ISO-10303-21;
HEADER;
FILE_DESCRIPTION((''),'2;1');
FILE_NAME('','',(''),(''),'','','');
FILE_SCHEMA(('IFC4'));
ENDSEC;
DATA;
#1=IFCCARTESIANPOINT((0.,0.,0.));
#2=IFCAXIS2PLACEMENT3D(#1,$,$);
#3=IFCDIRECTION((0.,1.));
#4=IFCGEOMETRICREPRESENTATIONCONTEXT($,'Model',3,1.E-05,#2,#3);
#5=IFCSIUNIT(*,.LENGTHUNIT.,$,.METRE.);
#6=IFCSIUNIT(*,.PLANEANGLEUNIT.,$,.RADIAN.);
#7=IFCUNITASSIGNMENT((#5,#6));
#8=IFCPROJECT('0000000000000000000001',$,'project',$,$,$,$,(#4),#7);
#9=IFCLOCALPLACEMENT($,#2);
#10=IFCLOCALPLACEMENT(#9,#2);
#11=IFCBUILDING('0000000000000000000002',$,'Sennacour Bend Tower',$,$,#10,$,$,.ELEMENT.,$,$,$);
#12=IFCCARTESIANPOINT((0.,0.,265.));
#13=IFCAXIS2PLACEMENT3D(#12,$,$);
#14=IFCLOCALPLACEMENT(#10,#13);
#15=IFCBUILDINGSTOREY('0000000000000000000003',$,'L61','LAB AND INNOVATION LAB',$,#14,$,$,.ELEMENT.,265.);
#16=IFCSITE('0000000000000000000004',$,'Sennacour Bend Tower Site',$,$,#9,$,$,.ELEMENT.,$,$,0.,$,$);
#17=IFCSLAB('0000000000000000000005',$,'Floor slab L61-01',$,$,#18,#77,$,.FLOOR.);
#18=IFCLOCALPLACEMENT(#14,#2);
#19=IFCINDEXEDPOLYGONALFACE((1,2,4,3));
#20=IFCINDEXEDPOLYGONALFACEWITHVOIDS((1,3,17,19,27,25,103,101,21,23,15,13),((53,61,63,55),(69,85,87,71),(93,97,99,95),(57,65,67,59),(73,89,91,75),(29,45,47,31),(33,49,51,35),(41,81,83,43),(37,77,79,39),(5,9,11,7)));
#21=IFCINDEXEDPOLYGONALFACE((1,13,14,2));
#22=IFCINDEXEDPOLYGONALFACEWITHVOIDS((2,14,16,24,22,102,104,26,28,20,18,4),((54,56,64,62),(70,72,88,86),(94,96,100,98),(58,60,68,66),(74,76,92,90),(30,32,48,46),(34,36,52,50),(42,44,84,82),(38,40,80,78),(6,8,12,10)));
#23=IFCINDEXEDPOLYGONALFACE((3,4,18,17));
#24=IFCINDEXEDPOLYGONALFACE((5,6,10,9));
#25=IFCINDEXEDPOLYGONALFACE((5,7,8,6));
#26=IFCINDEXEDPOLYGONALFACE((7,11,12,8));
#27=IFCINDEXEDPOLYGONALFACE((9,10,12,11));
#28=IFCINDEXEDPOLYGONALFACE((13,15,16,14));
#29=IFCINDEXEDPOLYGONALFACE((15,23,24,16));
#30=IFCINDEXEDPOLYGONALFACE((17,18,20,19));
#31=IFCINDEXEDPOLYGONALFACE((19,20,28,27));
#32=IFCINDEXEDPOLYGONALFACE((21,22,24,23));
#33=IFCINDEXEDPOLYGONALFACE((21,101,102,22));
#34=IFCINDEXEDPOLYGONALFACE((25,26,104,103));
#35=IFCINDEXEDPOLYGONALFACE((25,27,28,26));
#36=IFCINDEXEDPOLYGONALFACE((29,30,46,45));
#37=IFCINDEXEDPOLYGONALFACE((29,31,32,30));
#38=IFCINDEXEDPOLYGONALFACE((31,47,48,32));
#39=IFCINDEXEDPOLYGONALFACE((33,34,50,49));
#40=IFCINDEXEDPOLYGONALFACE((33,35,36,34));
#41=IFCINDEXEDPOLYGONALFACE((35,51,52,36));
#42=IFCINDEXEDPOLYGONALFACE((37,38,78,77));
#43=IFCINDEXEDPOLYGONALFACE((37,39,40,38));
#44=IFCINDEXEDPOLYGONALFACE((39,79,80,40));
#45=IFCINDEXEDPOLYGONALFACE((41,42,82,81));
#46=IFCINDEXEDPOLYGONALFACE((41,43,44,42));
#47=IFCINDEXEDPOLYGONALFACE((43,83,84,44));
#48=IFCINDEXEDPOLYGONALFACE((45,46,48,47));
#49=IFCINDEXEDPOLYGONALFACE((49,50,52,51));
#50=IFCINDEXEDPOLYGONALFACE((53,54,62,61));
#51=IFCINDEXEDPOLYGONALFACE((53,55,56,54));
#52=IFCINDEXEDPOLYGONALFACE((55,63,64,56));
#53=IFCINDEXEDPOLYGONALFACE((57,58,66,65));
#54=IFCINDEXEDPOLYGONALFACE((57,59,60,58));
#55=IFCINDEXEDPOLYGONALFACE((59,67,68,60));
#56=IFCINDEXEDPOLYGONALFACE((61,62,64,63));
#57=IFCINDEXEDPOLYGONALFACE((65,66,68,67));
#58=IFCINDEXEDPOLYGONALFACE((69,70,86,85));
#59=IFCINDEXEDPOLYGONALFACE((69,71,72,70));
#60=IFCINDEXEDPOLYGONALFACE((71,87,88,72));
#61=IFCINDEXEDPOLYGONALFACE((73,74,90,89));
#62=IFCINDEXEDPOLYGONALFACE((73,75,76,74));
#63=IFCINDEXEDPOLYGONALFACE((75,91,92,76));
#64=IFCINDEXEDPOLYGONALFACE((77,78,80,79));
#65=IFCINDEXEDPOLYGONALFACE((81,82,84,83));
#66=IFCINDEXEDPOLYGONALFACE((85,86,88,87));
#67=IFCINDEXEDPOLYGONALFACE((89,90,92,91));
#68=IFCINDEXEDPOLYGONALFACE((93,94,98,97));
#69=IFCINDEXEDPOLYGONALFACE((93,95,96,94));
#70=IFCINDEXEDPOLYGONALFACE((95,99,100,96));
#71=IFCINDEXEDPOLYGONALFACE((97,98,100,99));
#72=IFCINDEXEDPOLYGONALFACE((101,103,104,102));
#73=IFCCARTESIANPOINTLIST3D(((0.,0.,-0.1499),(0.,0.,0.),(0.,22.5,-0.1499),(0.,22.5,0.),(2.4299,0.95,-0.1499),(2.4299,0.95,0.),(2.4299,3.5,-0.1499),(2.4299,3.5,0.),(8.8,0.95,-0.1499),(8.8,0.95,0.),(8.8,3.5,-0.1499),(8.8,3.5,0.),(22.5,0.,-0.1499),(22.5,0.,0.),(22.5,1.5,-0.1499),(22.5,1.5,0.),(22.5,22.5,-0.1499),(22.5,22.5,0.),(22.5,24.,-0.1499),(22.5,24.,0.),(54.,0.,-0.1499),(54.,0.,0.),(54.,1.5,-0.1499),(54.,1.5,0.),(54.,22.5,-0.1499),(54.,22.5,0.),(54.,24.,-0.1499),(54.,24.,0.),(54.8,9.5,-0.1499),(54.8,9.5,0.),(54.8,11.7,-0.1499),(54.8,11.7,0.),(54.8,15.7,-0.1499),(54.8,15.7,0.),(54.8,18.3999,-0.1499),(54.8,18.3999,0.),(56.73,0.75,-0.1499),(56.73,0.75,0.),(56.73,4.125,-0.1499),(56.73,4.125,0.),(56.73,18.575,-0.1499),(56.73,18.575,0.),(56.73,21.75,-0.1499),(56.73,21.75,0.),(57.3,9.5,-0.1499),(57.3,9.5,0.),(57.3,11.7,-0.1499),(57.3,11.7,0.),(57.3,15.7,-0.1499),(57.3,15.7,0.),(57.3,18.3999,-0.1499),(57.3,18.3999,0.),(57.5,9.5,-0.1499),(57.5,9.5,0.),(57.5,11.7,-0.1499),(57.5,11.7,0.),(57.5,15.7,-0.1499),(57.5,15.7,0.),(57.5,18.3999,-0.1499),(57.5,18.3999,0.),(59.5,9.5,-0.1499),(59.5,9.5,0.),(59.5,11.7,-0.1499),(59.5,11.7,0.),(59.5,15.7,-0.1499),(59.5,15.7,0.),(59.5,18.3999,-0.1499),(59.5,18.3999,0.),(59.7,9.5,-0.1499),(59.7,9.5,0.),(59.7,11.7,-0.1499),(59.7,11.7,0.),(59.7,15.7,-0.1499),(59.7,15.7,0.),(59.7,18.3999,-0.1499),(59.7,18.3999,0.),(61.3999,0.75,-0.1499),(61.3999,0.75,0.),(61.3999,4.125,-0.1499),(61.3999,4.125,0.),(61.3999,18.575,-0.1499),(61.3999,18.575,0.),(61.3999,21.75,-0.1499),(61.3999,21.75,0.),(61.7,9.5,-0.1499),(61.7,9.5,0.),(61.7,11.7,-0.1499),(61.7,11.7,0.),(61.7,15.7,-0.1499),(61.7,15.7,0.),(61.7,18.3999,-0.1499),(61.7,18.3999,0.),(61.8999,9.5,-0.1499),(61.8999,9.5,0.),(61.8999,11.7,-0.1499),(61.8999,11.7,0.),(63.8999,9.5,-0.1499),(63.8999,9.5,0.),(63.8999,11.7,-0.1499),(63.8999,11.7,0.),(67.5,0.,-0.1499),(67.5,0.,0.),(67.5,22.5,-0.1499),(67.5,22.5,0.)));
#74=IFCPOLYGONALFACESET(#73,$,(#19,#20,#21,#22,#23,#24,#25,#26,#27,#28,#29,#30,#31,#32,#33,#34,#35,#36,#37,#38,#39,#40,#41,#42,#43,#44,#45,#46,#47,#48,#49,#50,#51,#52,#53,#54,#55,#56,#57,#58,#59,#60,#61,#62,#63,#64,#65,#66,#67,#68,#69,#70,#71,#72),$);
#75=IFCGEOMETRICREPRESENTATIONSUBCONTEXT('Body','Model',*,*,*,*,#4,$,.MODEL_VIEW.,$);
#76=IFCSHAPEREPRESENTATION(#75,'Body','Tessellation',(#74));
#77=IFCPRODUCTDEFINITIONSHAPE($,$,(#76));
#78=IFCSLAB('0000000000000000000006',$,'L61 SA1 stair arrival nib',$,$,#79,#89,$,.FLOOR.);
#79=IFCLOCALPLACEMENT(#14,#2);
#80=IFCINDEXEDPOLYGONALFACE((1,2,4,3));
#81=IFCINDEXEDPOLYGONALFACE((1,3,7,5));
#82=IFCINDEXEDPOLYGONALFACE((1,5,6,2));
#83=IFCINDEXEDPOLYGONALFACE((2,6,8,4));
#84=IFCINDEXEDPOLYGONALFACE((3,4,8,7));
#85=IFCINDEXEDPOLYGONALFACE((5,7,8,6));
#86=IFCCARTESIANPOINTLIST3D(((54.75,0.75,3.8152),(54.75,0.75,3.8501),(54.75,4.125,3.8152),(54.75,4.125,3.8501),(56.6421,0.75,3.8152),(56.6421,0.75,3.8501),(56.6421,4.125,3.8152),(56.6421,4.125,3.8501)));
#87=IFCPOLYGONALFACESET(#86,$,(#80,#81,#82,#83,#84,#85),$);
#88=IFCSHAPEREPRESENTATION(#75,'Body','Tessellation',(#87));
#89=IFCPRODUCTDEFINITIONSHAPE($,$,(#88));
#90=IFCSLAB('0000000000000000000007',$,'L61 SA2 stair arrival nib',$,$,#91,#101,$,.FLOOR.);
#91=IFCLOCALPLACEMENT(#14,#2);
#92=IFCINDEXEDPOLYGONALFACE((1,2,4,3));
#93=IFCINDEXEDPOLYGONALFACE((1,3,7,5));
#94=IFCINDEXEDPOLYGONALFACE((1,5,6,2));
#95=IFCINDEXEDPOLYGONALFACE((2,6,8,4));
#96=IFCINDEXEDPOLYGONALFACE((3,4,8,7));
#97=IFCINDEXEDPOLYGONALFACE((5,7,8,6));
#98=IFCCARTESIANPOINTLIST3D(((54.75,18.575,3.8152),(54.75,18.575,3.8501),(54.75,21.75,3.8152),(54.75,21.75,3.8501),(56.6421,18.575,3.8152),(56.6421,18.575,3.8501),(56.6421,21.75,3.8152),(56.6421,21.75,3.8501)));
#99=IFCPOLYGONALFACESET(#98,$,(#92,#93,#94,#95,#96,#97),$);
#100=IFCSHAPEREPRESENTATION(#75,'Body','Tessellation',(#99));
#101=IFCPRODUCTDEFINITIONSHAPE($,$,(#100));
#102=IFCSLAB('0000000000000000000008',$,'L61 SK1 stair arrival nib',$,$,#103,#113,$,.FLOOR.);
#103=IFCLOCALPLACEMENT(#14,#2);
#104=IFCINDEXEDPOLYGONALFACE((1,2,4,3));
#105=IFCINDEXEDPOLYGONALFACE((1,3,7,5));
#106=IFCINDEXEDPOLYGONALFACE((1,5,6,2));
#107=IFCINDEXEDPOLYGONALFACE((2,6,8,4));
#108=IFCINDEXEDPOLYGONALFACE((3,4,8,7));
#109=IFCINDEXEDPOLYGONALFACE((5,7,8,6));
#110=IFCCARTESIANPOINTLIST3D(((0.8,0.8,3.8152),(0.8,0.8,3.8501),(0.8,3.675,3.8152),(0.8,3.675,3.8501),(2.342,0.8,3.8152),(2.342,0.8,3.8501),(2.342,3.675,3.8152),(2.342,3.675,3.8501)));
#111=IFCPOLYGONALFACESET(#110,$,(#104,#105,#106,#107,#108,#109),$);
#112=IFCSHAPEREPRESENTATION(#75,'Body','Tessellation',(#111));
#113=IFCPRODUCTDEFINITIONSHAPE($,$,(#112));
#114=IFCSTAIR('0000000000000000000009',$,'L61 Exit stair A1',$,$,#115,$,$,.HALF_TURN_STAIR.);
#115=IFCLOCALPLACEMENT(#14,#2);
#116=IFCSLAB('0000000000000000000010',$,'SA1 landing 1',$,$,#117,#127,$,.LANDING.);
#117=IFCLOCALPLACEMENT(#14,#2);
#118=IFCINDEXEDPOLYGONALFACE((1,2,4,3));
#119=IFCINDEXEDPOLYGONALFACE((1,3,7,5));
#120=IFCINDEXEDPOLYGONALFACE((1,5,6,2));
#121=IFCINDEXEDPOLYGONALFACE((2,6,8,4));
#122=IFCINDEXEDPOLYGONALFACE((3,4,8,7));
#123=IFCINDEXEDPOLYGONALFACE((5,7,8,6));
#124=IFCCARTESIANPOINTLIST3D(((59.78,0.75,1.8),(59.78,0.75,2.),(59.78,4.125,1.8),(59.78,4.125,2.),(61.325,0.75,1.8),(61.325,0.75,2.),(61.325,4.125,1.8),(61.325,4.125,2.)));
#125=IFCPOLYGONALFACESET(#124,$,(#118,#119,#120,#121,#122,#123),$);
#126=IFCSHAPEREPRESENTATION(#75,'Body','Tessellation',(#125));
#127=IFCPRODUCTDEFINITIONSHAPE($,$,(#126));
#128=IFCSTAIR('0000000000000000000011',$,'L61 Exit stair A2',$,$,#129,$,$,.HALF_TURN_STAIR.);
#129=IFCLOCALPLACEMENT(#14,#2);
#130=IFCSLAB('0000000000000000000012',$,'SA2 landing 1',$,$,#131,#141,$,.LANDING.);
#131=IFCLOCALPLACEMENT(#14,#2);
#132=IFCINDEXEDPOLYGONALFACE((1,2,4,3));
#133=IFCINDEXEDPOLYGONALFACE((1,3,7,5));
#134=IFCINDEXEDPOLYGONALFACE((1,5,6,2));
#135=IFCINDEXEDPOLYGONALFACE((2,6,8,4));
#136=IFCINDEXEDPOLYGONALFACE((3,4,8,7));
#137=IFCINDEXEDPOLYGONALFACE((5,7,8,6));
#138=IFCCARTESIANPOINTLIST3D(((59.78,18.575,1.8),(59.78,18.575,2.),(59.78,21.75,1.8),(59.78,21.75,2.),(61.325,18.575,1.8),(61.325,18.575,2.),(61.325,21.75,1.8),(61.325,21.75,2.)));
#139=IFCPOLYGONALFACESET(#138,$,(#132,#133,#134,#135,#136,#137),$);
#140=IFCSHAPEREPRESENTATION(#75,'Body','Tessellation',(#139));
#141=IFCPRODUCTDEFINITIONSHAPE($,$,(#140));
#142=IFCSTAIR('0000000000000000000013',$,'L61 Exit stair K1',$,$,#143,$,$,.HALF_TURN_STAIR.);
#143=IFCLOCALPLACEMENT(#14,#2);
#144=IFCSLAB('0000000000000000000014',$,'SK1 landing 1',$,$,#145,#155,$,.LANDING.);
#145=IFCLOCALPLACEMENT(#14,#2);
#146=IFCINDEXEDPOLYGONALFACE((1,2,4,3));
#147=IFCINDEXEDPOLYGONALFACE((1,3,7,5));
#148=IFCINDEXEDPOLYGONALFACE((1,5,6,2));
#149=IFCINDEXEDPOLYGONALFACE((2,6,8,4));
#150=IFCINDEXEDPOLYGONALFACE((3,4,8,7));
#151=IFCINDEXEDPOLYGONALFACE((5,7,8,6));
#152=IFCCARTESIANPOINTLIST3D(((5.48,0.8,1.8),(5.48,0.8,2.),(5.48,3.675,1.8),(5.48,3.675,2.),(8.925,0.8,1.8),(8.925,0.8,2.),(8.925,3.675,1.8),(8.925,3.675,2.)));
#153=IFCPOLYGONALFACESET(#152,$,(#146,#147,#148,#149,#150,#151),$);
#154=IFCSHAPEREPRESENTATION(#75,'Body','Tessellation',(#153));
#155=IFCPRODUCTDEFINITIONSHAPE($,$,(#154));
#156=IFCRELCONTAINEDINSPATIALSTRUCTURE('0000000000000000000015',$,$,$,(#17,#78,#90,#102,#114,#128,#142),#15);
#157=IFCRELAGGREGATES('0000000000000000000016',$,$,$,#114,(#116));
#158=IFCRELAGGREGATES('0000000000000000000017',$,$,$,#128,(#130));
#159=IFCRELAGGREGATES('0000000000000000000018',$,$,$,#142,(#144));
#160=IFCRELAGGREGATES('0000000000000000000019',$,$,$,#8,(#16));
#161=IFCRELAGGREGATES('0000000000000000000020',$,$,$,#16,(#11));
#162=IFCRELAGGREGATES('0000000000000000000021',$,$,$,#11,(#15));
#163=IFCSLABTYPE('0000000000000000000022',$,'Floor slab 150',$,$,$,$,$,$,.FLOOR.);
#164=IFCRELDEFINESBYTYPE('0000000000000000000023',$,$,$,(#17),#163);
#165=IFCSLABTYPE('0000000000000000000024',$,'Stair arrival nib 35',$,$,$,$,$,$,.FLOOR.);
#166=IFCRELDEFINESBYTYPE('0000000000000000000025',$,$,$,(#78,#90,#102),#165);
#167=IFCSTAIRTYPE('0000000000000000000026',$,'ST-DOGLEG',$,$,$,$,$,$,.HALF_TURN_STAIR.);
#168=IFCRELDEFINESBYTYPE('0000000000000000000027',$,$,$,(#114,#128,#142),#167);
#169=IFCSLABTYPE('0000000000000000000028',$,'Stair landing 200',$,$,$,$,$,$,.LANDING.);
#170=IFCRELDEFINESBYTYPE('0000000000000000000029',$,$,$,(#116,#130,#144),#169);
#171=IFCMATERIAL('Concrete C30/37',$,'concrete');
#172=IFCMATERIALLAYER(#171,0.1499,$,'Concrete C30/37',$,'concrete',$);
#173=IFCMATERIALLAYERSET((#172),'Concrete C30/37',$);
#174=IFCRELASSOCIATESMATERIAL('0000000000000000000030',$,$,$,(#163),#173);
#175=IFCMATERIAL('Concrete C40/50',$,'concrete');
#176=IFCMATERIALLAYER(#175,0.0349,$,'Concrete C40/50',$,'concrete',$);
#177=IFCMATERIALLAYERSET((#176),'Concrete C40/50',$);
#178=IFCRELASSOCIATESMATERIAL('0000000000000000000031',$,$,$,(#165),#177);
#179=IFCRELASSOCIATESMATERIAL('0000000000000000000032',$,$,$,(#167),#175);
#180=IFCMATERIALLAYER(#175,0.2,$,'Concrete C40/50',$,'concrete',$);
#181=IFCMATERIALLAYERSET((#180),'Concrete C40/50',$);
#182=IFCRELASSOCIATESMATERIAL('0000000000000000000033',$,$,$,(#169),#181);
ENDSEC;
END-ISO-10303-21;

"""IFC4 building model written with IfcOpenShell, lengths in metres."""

from ifc_helpers import new_model, si_unit, direction, frame, origin, place, context, subcontext, project, spatial, polyline, outline, extrude, material, layer, layer_set, type_object, element, aggregate, save


model = new_model("IFC4")

# Units and contexts
model_context = context("Model", 3, precision=1e-05, world=origin(), true_north=direction((0.0, 1.0)))
body_context = subcontext(model_context, "Body", "Model", "MODEL_VIEW")
ifc_project = project(units=[si_unit("LENGTHUNIT", "METRE"), si_unit("PLANEANGLEUNIT", "RADIAN")], contexts=[model_context])

# Site, building, storey
site_placement = place(None, origin())
site = spatial("IfcSite", under=ifc_project, at=site_placement, Name="Sennacour Bend Tower Site", CompositionType="ELEMENT", RefElevation=0.0)
building_placement = place(site_placement, origin())
building = spatial("IfcBuilding", under=site, at=building_placement, Name="Sennacour Bend Tower", CompositionType="ELEMENT")
storey_placement = place(building_placement, frame((0.0, 0.0, 265.0)))
storey = spatial("IfcBuildingStorey", under=building, at=storey_placement, Name="L61", Description="LAB AND INNOVATION LAB", CompositionType="ELEMENT", Elevation=265.0)

# Slabs
ifc_material_1 = material(Name="Concrete C30/37", Category="concrete")
ifc_layer_1 = layer(ifc_material_1, 0.1499, Name="Concrete C30/37", Category="concrete")
ifc_layer_set_1 = layer_set([ifc_layer_1], Name="Concrete C30/37")
slab_type_1 = type_object("IfcSlabType", Name="Floor slab 150", PredefinedType="FLOOR", material=ifc_layer_set_1)
slab_1_placement = place(storey_placement, frame((0.0, 0.0, -0.1499)))
element("IfcSlab", 1, at=slab_1_placement, inside=storey, type_object=slab_type_1, Name="Floor slab L61-01", PredefinedType="FLOOR", context=body_context, shape_type="SweptSolid", body=[
    extrude(outline(polyline([(0.0, 0.0), (0.0, 22.5), (22.5, 22.5), (22.5, 24.0), (54.0, 24.0), (54.0, 22.5), (67.5, 22.5), (67.5, 0.0), (54.0, 0.0), (54.0, 1.5), (22.5, 1.5), (22.5, 0.0), (0.0, 0.0)]), holes=[polyline([(8.8, 3.5), (2.4299, 3.5), (2.4299, 0.95), (8.8, 0.95), (8.8, 3.5)]), polyline([(61.3999, 4.125), (56.73, 4.125), (56.73, 0.75), (61.3999, 0.75), (61.3999, 4.125)]), polyline([(57.3, 11.7), (54.8, 11.7), (54.8, 9.5), (57.3, 9.5), (57.3, 11.7)]), polyline([(59.5, 9.5), (59.5, 11.7), (57.5, 11.7), (57.5, 9.5), (59.5, 9.5)]), polyline([(61.7, 9.5), (61.7, 11.7), (59.7, 11.7), (59.7, 9.5), (61.7, 9.5)]), polyline([(63.8999, 11.7), (61.8999, 11.7), (61.8999, 9.5), (63.8999, 9.5), (63.8999, 11.7)]), polyline([(57.3, 18.3999), (54.8, 18.3999), (54.8, 15.7), (57.3, 15.7), (57.3, 18.3999)]), polyline([(59.5, 18.3999), (57.5, 18.3999), (57.5, 15.7), (59.5, 15.7), (59.5, 18.3999)]), polyline([(61.7, 15.7), (61.7, 18.3999), (59.7, 18.3999), (59.7, 15.7), (61.7, 15.7)]), polyline([(61.3999, 18.575), (61.3999, 21.75), (56.73, 21.75), (56.73, 18.575), (61.3999, 18.575)])]), origin(), (0.0, 0.0, 1.0), 0.1499),
])
ifc_material_2 = material(Name="Concrete C40/50", Category="concrete")
ifc_layer_2 = layer(ifc_material_2, 0.0349, Name="Concrete C40/50", Category="concrete")
ifc_layer_set_2 = layer_set([ifc_layer_2], Name="Concrete C40/50")
slab_type_2 = type_object("IfcSlabType", Name="Stair arrival nib 35", PredefinedType="FLOOR", material=ifc_layer_set_2)
slab_2_placement = place(storey_placement, frame((0.0, 0.0, 3.8152)))
element("IfcSlab", 2, at=slab_2_placement, inside=storey, type_object=slab_type_2, Name="L61 SA1 stair arrival nib", PredefinedType="FLOOR", context=body_context, shape_type="SweptSolid", body=[
    extrude(outline(polyline([(56.6421, 4.125), (54.75, 4.125), (54.75, 0.75), (56.6421, 0.75), (56.6421, 4.125)])), origin(), (0.0, 0.0, 1.0), 0.0349),
])
slab_3_placement = place(storey_placement, frame((0.0, 0.0, 3.8152)))
element("IfcSlab", 3, at=slab_3_placement, inside=storey, type_object=slab_type_2, Name="L61 SA2 stair arrival nib", PredefinedType="FLOOR", context=body_context, shape_type="SweptSolid", body=[
    extrude(outline(polyline([(56.6421, 21.75), (54.75, 21.75), (54.75, 18.575), (56.6421, 18.575), (56.6421, 21.75)])), origin(), (0.0, 0.0, 1.0), 0.0349),
])
slab_4_placement = place(storey_placement, frame((0.0, 0.0, 3.8152)))
element("IfcSlab", 4, at=slab_4_placement, inside=storey, type_object=slab_type_2, Name="L61 SK1 stair arrival nib", PredefinedType="FLOOR", context=body_context, shape_type="SweptSolid", body=[
    extrude(outline(polyline([(2.342, 3.675), (0.8, 3.675), (0.8, 0.8), (2.342, 0.8), (2.342, 3.675)])), origin(), (0.0, 0.0, 1.0), 0.0349),
])

# Stairs, slabs
stair_type = type_object("IfcStairType", Name="ST-DOGLEG", PredefinedType="HALF_TURN_STAIR", material=ifc_material_2)
stair_1_placement = place(storey_placement, origin())
stair_1 = element("IfcStair", 5, at=stair_1_placement, inside=storey, type_object=stair_type, Name="L61 Exit stair A1", PredefinedType="HALF_TURN_STAIR")
ifc_layer_3 = layer(ifc_material_2, 0.2, Name="Concrete C40/50", Category="concrete")
ifc_layer_set_3 = layer_set([ifc_layer_3], Name="Concrete C40/50")
slab_type_3 = type_object("IfcSlabType", Name="Stair landing 200", PredefinedType="LANDING", material=ifc_layer_set_3)
slab_5_placement = place(storey_placement, frame((0.0, 0.0, 1.8)))
slab_5 = element("IfcSlab", 6, at=slab_5_placement, type_object=slab_type_3, Name="SA1 landing 1", PredefinedType="LANDING", context=body_context, shape_type="SweptSolid", body=[
    extrude(outline(polyline([(59.78, 0.75), (61.325, 0.75), (61.325, 4.125), (59.78, 4.125), (59.78, 0.75)])), origin(), (0.0, 0.0, 1.0), 0.2),
])
aggregate(stair_1, [slab_5])
stair_2_placement = place(storey_placement, origin())
stair_2 = element("IfcStair", 7, at=stair_2_placement, inside=storey, type_object=stair_type, Name="L61 Exit stair A2", PredefinedType="HALF_TURN_STAIR")
slab_6_placement = place(storey_placement, frame((0.0, 0.0, 1.8)))
slab_6 = element("IfcSlab", 8, at=slab_6_placement, type_object=slab_type_3, Name="SA2 landing 1", PredefinedType="LANDING", context=body_context, shape_type="SweptSolid", body=[
    extrude(outline(polyline([(59.78, 18.575), (61.325, 18.575), (61.325, 21.75), (59.78, 21.75), (59.78, 18.575)])), origin(), (0.0, 0.0, 1.0), 0.2),
])
aggregate(stair_2, [slab_6])
stair_3_placement = place(storey_placement, origin())
stair_3 = element("IfcStair", 9, at=stair_3_placement, inside=storey, type_object=stair_type, Name="L61 Exit stair K1", PredefinedType="HALF_TURN_STAIR")
slab_7_placement = place(storey_placement, frame((0.0, 0.0, 1.8)))
slab_7 = element("IfcSlab", 10, at=slab_7_placement, type_object=slab_type_3, Name="SK1 landing 1", PredefinedType="LANDING", context=body_context, shape_type="SweptSolid", body=[
    extrude(outline(polyline([(5.48, 0.8), (8.925, 0.8), (8.925, 3.675), (5.48, 3.675), (5.48, 0.8)])), origin(), (0.0, 0.0, 1.0), 0.2),
])

aggregate(stair_3, [slab_7])

save(model, "model.ifc")
